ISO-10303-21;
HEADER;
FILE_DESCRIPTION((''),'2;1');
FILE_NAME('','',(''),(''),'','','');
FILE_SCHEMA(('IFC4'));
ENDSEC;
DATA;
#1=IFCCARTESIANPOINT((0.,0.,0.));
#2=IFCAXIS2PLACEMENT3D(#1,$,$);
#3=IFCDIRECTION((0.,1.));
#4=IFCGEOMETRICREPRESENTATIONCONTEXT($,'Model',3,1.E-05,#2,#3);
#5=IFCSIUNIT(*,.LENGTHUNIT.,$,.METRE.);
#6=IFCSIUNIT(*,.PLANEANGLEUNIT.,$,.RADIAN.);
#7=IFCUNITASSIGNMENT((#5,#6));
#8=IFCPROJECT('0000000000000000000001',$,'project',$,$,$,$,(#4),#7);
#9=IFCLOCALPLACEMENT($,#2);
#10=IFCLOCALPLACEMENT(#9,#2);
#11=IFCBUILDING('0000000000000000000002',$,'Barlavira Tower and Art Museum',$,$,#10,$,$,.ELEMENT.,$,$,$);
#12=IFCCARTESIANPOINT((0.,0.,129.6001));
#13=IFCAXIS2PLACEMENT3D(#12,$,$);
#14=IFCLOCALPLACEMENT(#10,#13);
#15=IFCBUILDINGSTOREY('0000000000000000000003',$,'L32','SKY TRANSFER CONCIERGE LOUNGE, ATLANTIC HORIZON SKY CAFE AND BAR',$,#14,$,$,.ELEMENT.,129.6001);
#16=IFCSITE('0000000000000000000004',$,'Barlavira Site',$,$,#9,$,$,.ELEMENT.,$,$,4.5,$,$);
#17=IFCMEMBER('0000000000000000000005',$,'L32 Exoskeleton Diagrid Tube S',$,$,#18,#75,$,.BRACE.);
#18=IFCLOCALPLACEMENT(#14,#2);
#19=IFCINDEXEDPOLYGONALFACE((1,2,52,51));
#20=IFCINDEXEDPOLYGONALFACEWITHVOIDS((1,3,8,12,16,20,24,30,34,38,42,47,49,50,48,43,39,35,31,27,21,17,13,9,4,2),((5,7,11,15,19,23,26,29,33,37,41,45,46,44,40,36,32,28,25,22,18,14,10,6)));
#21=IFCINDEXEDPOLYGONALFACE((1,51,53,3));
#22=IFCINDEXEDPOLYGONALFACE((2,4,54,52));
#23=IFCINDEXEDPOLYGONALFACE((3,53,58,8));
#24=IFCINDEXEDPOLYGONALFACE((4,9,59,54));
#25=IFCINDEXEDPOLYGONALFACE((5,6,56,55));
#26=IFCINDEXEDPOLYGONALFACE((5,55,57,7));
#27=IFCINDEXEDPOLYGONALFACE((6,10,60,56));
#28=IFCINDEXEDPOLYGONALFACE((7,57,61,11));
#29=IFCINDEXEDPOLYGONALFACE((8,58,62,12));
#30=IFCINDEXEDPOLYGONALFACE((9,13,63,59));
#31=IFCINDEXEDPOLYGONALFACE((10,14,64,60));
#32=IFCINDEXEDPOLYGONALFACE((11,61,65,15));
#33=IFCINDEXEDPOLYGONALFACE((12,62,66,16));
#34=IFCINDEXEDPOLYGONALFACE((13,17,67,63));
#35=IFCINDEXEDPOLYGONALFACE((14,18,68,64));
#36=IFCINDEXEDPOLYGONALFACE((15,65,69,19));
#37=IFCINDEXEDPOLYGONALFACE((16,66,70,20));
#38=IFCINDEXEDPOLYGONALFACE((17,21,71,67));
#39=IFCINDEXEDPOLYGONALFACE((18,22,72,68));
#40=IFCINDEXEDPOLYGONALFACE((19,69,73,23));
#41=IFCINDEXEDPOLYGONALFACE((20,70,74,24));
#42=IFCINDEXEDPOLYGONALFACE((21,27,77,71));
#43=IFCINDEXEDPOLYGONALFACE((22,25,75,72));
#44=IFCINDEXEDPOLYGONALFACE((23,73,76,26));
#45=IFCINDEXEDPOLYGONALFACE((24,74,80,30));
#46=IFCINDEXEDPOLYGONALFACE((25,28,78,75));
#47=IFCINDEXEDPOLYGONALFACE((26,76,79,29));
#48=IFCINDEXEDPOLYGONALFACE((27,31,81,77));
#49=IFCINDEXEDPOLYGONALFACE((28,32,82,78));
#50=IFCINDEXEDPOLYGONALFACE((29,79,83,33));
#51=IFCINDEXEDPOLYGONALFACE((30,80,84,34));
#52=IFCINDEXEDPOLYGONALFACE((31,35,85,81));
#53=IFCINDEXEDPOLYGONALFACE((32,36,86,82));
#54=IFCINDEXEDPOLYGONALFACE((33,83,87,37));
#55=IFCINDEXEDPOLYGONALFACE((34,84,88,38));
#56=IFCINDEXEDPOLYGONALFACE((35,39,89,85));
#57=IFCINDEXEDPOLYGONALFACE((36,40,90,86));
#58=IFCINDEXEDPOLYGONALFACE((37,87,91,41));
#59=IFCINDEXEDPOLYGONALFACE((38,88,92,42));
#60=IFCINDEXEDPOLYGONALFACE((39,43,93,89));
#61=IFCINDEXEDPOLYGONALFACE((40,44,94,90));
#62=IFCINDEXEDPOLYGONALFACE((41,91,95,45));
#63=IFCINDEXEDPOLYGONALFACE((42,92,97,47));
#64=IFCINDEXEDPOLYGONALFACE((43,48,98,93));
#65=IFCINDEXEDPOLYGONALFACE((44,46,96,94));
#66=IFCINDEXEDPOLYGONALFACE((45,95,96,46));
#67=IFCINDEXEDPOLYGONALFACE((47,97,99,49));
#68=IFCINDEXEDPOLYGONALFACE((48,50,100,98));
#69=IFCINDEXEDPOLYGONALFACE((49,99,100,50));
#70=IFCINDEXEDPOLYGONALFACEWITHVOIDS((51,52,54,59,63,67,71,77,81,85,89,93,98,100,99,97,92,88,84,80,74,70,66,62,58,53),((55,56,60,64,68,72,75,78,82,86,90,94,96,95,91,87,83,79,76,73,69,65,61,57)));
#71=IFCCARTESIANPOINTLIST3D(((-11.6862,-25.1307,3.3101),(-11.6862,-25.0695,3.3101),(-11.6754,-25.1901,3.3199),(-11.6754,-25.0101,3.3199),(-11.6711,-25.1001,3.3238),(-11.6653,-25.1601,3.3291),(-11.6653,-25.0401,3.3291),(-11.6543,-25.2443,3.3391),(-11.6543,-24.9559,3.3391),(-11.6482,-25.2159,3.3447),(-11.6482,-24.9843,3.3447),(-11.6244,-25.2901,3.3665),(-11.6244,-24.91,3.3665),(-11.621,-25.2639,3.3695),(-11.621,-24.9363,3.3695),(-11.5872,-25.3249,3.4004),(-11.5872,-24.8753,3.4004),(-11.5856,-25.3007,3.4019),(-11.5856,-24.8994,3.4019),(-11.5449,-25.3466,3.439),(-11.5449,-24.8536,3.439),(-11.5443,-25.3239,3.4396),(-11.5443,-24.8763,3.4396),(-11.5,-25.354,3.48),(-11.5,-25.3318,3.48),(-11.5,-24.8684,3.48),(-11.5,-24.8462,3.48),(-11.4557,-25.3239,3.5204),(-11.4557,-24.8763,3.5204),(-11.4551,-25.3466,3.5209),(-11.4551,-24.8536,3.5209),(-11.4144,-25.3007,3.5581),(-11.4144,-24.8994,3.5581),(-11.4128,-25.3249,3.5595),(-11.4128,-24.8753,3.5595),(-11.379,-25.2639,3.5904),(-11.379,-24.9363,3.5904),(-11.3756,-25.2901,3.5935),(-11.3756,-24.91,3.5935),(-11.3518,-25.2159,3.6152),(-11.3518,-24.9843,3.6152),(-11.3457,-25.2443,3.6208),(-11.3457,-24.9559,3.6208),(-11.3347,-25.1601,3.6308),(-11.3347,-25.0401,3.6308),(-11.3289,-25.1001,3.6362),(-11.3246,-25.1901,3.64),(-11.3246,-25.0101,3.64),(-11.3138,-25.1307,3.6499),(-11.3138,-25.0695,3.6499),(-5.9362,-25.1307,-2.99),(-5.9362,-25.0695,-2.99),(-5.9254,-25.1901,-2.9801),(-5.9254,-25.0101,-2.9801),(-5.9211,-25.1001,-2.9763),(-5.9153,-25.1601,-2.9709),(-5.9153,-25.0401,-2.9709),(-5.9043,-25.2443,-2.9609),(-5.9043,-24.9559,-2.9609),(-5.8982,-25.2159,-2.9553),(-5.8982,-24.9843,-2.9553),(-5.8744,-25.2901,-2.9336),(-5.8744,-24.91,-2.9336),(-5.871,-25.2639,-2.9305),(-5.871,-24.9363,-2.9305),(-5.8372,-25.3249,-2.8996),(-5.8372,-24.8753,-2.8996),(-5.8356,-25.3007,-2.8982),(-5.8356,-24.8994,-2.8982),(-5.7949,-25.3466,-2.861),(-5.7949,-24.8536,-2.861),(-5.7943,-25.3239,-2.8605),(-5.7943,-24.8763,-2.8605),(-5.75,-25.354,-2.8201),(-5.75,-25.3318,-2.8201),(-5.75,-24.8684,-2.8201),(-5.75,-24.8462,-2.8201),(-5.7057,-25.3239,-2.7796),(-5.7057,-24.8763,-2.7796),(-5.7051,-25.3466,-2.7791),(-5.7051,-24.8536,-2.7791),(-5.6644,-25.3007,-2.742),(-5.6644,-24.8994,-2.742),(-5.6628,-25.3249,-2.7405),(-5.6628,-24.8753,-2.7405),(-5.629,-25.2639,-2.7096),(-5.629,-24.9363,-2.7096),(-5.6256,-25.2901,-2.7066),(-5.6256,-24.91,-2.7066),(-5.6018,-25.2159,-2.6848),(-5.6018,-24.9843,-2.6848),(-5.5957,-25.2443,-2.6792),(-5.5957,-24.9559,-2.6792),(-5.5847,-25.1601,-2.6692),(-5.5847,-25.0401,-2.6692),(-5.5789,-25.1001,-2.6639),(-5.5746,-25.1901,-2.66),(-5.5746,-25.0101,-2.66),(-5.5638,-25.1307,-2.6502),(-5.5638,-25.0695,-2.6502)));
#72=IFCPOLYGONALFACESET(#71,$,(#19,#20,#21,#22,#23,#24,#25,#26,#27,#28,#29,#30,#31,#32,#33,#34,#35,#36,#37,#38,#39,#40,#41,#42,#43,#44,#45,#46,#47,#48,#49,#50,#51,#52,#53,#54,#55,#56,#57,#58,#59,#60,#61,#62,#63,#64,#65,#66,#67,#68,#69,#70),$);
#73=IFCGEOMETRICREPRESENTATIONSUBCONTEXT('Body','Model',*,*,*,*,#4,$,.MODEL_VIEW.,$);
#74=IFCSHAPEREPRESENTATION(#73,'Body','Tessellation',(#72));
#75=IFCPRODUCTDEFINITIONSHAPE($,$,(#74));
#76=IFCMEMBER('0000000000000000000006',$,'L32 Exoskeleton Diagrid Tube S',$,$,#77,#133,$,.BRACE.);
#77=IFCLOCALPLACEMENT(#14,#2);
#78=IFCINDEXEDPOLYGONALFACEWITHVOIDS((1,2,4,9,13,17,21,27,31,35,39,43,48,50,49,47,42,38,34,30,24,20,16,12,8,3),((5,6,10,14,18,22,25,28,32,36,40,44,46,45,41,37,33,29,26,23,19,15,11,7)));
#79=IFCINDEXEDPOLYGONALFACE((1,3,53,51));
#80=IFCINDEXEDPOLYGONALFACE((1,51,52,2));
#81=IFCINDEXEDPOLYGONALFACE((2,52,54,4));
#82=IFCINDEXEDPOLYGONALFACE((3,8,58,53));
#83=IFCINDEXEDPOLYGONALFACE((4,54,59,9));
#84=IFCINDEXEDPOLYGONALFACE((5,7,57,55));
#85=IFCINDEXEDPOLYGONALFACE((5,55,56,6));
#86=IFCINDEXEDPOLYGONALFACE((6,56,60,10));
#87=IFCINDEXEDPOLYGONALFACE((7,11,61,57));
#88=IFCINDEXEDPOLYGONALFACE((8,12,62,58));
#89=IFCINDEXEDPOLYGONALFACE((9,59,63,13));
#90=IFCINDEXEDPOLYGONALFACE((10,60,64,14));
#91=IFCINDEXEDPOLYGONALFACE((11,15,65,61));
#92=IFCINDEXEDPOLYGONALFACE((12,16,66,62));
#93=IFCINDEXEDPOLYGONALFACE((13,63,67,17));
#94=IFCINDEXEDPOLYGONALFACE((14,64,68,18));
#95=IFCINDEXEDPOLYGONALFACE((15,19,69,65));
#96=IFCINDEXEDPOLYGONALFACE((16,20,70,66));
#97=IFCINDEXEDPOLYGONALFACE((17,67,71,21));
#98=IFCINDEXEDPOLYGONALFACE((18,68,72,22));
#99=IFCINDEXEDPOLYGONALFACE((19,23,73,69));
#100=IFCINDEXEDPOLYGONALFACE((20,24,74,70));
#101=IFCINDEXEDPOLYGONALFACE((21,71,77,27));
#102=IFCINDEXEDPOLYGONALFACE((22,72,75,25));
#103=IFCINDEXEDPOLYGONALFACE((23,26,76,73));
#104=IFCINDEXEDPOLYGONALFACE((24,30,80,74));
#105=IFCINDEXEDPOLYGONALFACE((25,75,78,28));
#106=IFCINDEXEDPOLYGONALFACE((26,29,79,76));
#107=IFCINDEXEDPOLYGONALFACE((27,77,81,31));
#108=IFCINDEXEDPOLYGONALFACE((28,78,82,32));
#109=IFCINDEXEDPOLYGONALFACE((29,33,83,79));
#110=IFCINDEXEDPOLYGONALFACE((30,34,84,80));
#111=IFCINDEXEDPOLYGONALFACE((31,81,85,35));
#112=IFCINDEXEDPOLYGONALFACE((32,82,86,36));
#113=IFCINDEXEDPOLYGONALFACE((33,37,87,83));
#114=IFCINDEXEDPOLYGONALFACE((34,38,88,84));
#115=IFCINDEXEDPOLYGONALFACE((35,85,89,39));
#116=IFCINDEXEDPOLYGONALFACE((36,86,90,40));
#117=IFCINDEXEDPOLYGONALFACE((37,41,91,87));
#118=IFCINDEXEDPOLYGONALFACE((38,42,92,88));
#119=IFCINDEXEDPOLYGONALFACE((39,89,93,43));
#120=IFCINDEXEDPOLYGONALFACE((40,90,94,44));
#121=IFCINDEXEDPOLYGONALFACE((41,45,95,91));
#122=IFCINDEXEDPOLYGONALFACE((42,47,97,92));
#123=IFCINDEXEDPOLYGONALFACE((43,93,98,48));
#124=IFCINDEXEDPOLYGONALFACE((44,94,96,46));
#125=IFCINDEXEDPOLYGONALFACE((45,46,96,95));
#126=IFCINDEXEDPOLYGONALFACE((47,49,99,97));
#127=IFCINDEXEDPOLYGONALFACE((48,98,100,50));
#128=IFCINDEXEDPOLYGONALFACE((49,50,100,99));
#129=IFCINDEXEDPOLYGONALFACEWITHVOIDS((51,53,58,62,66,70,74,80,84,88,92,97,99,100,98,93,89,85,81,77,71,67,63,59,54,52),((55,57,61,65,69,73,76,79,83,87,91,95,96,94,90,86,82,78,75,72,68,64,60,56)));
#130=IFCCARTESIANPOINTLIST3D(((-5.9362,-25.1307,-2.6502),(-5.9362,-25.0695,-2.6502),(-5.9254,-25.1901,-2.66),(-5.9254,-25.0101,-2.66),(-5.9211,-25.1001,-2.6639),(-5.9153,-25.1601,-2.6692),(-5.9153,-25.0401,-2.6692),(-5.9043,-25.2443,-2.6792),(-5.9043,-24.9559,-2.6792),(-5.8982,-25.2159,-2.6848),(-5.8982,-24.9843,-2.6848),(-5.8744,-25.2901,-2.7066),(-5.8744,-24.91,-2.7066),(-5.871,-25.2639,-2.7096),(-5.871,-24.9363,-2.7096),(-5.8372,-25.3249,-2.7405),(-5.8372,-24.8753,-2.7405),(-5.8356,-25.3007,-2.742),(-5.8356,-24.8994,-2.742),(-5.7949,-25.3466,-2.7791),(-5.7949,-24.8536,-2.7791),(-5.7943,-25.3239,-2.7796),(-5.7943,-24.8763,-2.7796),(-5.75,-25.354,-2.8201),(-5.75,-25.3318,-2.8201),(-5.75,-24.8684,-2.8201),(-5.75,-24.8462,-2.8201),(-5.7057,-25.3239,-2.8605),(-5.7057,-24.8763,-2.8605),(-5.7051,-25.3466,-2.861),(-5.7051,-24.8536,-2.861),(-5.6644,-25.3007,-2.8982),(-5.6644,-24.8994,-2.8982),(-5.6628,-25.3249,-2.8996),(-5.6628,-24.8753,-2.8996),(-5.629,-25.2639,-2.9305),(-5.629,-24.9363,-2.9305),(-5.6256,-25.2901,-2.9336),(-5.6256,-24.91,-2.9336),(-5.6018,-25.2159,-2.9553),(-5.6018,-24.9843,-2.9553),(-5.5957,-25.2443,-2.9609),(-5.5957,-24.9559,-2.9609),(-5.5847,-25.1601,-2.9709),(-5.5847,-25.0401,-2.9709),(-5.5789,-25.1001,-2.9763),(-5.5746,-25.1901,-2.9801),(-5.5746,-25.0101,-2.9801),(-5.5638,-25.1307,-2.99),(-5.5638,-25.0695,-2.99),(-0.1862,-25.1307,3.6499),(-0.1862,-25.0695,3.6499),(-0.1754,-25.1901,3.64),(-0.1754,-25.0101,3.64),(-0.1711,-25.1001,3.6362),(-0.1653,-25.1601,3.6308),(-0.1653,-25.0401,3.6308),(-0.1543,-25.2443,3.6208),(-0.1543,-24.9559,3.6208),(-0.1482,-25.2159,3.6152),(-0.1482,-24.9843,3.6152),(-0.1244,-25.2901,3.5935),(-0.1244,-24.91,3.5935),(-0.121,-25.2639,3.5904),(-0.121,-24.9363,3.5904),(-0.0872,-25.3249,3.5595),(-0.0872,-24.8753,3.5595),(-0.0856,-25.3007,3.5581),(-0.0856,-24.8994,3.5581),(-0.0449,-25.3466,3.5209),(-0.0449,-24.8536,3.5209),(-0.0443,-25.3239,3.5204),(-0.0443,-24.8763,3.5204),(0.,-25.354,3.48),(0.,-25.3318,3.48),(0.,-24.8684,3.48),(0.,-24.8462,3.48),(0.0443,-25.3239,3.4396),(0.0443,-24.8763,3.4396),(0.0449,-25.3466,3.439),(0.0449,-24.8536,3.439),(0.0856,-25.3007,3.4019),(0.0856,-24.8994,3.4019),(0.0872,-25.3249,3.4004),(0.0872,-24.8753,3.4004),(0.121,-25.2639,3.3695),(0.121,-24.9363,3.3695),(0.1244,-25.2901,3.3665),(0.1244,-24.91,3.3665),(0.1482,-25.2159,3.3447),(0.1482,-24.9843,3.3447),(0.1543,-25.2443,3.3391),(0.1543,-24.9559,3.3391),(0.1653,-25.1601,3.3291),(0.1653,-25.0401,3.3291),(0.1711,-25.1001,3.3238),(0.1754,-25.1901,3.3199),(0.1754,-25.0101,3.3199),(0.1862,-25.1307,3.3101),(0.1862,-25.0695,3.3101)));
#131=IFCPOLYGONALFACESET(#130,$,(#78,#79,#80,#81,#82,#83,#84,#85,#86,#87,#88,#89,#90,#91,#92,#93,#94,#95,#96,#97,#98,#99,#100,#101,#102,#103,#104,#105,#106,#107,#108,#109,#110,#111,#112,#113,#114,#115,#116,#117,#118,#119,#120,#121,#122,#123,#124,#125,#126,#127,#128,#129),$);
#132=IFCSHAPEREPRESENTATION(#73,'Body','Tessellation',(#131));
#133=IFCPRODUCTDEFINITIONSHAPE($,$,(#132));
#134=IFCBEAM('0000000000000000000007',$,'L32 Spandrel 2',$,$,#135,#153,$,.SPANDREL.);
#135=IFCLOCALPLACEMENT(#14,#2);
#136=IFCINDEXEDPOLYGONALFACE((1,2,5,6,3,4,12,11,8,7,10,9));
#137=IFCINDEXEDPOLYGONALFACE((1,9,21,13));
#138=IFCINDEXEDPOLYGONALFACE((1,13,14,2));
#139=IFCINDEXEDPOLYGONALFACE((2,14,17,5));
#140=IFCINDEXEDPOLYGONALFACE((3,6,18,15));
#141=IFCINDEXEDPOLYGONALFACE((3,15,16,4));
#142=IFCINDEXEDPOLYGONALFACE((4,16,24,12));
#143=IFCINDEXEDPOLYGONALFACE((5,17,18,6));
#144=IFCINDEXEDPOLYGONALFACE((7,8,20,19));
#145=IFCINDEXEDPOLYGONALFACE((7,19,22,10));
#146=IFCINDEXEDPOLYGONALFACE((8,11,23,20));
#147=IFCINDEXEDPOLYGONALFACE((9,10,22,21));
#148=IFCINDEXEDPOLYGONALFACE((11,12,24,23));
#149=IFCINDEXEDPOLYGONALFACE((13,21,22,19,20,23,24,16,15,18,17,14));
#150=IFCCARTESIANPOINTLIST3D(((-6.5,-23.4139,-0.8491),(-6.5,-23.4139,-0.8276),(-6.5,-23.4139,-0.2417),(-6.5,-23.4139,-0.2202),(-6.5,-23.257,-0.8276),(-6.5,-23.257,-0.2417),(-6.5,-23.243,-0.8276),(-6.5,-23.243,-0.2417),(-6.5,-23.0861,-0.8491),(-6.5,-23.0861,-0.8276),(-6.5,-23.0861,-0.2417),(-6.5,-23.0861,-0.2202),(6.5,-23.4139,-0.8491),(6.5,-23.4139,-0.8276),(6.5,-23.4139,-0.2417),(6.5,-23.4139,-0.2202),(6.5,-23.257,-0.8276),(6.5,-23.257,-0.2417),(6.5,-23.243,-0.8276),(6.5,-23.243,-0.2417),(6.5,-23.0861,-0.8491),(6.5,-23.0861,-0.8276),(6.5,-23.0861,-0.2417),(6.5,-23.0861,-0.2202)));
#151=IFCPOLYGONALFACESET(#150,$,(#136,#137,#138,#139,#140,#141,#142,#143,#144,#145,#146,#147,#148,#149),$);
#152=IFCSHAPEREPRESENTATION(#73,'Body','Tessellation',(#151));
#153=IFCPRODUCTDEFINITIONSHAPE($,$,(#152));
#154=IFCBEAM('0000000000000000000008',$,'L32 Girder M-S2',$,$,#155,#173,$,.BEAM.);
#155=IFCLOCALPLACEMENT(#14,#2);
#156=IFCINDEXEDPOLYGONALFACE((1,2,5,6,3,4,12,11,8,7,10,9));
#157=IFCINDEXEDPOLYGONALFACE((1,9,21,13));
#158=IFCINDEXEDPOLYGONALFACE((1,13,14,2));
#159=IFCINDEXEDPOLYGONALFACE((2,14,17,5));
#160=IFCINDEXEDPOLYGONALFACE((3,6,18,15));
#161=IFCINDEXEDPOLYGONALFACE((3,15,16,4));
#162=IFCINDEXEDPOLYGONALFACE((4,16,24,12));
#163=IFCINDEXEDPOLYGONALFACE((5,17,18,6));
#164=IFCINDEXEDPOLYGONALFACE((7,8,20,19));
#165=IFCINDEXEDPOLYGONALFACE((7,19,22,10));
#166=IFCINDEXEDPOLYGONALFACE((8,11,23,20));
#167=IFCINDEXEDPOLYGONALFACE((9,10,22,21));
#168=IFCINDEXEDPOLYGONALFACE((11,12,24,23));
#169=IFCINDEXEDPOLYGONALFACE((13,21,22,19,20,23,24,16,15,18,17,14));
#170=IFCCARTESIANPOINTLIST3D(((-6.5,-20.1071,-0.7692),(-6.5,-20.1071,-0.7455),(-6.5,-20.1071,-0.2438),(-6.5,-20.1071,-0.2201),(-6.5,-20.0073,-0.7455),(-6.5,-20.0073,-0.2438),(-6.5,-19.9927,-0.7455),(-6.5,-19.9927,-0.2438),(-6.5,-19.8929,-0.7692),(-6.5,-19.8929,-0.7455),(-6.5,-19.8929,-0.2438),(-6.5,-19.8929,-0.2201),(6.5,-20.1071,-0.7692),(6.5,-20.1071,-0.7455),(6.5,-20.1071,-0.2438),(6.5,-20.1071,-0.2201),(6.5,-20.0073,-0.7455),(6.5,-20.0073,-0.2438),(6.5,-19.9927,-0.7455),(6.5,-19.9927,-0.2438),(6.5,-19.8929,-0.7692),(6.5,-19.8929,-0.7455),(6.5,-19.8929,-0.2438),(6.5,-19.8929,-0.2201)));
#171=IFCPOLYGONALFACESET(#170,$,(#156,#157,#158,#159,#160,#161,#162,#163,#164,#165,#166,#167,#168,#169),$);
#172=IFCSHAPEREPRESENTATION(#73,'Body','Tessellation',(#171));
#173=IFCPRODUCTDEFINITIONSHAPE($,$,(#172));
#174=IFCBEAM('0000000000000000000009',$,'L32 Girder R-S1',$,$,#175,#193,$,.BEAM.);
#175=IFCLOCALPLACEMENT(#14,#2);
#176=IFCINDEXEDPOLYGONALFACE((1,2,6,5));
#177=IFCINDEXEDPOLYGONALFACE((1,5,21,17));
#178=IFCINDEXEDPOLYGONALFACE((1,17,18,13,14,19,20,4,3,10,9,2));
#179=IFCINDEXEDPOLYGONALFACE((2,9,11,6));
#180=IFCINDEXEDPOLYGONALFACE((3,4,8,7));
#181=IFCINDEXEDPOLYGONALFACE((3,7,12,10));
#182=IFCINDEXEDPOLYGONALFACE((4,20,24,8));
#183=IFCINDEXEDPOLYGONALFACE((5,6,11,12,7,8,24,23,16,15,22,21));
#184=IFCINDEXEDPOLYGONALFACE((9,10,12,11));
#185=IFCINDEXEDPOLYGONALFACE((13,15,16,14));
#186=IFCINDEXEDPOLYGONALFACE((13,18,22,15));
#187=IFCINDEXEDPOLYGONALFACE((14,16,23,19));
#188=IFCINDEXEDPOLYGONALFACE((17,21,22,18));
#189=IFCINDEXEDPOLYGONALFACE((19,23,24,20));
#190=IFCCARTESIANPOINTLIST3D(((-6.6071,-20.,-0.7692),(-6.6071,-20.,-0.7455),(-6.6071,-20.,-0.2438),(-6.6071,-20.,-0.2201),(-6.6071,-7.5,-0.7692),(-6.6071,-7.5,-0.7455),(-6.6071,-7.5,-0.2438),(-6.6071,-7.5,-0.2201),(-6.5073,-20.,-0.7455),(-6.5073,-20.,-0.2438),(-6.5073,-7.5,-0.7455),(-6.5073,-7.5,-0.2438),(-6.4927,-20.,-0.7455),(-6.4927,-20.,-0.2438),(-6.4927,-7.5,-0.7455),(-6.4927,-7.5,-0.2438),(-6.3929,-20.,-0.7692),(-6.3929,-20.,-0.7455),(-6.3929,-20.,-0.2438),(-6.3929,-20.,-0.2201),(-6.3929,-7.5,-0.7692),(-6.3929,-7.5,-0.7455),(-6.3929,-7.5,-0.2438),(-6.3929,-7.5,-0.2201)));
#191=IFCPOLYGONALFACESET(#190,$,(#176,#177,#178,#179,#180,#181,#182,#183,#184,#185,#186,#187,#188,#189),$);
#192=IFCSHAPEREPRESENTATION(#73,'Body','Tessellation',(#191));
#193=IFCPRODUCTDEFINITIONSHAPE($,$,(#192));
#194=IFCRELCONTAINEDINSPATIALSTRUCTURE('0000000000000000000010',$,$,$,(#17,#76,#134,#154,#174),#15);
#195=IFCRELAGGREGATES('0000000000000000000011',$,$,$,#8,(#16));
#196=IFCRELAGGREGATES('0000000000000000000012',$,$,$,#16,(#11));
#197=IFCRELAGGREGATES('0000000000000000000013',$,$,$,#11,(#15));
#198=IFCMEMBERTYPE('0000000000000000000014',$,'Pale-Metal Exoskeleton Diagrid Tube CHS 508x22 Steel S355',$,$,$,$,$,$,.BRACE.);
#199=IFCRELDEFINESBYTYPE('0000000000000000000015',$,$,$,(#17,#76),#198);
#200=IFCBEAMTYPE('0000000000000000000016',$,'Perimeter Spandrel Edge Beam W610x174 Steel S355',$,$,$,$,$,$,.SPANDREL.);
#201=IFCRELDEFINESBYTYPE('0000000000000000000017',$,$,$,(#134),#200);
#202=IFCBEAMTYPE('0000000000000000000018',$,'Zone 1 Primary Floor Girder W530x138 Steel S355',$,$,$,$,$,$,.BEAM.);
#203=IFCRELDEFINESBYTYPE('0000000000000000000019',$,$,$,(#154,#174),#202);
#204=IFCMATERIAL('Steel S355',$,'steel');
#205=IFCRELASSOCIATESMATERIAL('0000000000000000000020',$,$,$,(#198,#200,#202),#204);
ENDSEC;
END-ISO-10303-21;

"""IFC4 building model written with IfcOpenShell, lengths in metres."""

from ifc_helpers import new_model, si_unit, direction, frame, origin, origin_2d, place, context, subcontext, project, spatial, hollow_circle, i_section, extrude, material, material_profile, profile_set, type_object, element, save


model = new_model("IFC4")

# Units and contexts
model_context = context("Model", 3, precision=1e-05, world=origin(), true_north=direction((0.0, 1.0)))
body_context = subcontext(model_context, "Body", "Model", "MODEL_VIEW")
ifc_project = project(units=[si_unit("LENGTHUNIT", "METRE"), si_unit("PLANEANGLEUNIT", "RADIAN")], contexts=[model_context])

# Site, building, storey
site_placement = place(None, origin())
site = spatial("IfcSite", under=ifc_project, at=site_placement, Name="Barlavira Site", CompositionType="ELEMENT", RefElevation=4.5)
building_placement = place(site_placement, origin())
building = spatial("IfcBuilding", under=site, at=building_placement, Name="Barlavira Tower and Art Museum", CompositionType="ELEMENT")
storey_placement = place(building_placement, frame((0.0, 0.0, 129.6001)))
storey = spatial("IfcBuildingStorey", under=building, at=storey_placement, Name="L32", Description="SKY TRANSFER CONCIERGE LOUNGE, ATLANTIC HORIZON SKY CAFE AND BAR", CompositionType="ELEMENT", Elevation=129.6001)

# Members
ifc_material_1 = material(Name="Steel S355", Category="steel")
ifc_material_profile_1 = material_profile(ifc_material_1, hollow_circle(Radius=0.2539, WallThickness=0.0222, at=origin_2d()), Name="CHS 508.0x22.2")
ifc_profile_set_1 = profile_set([ifc_material_profile_1], Name="Steel S355")
member_type_1 = type_object("IfcMemberType", Name="Pale-Metal Exoskeleton Diagrid Tube CHS 508x22 Steel S355", PredefinedType="BRACE", material=ifc_profile_set_1)
for number, where, z_axis, x_axis, name in (
    (1, (-5.75, -25.1001, -2.8201), (-0.674128, 0.0, 0.738615), (0.0, -1.0, 0.0), "L32 Exoskeleton Diagrid Tube S"),
    (2, (-5.75, -25.1001, -2.8201), (0.674128, 0.0, 0.738615), (0.0, 1.0, 0.0), "L32 Exoskeleton Diagrid Tube S"),
):
    element("IfcMember", number, at=place(storey_placement, frame(where, z_axis=z_axis, x_axis=x_axis)), inside=storey, type_object=member_type_1, Name=name, PredefinedType="BRACE", context=body_context, shape_type="SweptSolid", body=[
        extrude(hollow_circle(Radius=0.2539, WallThickness=0.0222, at=origin_2d()), origin(), (0.0, 0.0, 1.0), 8.5295),
    ])

# Beams
ifc_material_profile_2 = material_profile(ifc_material_1, i_section(OverallWidth=0.3279, OverallDepth=0.6289, WebThickness=0.0139, FlangeThickness=0.0215, at=origin_2d()), Name="W610x174.0")
ifc_profile_set_2 = profile_set([ifc_material_profile_2], Name="Steel S355")
beam_type_1 = type_object("IfcBeamType", Name="Perimeter Spandrel Edge Beam W610x174 Steel S355", PredefinedType="SPANDREL", material=ifc_profile_set_2)
beam_1_placement = place(storey_placement, frame((-6.5, -23.25, -0.5347), z_axis=(1.0, 0.0, 0.0), x_axis=(0.0, 1.0, 0.0)))
element("IfcBeam", 3, at=beam_1_placement, inside=storey, type_object=beam_type_1, Name="L32 Spandrel 2", PredefinedType="SPANDREL", context=body_context, shape_type="SweptSolid", body=[
    extrude(i_section(OverallWidth=0.3279, OverallDepth=0.6289, WebThickness=0.0139, FlangeThickness=0.0215, at=origin_2d()), origin(), (0.0, 0.0, 1.0), 13.0),
])
ifc_material_profile_3 = material_profile(ifc_material_1, i_section(OverallWidth=0.2141, OverallDepth=0.5491, WebThickness=0.0146, FlangeThickness=0.0237, at=origin_2d()), Name="W530x138.0")
ifc_profile_set_3 = profile_set([ifc_material_profile_3], Name="Steel S355")
beam_type_2 = type_object("IfcBeamType", Name="Zone 1 Primary Floor Girder W530x138 Steel S355", PredefinedType="BEAM", material=ifc_profile_set_3)
beam_2_placement = place(storey_placement, frame((-6.5, -20.0, -0.4946), z_axis=(1.0, 0.0, 0.0), x_axis=(0.0, 1.0, 0.0)))
element("IfcBeam", 4, at=beam_2_placement, inside=storey, type_object=beam_type_2, Name="L32 Girder M-S2", PredefinedType="BEAM", context=body_context, shape_type="SweptSolid", body=[
    extrude(i_section(OverallWidth=0.2141, OverallDepth=0.5491, WebThickness=0.0146, FlangeThickness=0.0237, at=origin_2d()), origin(), (0.0, 0.0, 1.0), 13.0),
])
beam_3_placement = place(storey_placement, frame((-6.5, -20.0, -0.4946), z_axis=(0.0, 1.0, 0.0), x_axis=(-1.0, 0.0, 0.0)))
element("IfcBeam", 5, at=beam_3_placement, inside=storey, type_object=beam_type_2, Name="L32 Girder R-S1", PredefinedType="BEAM", context=body_context, shape_type="SweptSolid", body=[
    extrude(i_section(OverallWidth=0.2141, OverallDepth=0.5491, WebThickness=0.0146, FlangeThickness=0.0237, at=origin_2d()), origin(), (0.0, 0.0, 1.0), 12.5),
])

save(model, "model.ifc")
